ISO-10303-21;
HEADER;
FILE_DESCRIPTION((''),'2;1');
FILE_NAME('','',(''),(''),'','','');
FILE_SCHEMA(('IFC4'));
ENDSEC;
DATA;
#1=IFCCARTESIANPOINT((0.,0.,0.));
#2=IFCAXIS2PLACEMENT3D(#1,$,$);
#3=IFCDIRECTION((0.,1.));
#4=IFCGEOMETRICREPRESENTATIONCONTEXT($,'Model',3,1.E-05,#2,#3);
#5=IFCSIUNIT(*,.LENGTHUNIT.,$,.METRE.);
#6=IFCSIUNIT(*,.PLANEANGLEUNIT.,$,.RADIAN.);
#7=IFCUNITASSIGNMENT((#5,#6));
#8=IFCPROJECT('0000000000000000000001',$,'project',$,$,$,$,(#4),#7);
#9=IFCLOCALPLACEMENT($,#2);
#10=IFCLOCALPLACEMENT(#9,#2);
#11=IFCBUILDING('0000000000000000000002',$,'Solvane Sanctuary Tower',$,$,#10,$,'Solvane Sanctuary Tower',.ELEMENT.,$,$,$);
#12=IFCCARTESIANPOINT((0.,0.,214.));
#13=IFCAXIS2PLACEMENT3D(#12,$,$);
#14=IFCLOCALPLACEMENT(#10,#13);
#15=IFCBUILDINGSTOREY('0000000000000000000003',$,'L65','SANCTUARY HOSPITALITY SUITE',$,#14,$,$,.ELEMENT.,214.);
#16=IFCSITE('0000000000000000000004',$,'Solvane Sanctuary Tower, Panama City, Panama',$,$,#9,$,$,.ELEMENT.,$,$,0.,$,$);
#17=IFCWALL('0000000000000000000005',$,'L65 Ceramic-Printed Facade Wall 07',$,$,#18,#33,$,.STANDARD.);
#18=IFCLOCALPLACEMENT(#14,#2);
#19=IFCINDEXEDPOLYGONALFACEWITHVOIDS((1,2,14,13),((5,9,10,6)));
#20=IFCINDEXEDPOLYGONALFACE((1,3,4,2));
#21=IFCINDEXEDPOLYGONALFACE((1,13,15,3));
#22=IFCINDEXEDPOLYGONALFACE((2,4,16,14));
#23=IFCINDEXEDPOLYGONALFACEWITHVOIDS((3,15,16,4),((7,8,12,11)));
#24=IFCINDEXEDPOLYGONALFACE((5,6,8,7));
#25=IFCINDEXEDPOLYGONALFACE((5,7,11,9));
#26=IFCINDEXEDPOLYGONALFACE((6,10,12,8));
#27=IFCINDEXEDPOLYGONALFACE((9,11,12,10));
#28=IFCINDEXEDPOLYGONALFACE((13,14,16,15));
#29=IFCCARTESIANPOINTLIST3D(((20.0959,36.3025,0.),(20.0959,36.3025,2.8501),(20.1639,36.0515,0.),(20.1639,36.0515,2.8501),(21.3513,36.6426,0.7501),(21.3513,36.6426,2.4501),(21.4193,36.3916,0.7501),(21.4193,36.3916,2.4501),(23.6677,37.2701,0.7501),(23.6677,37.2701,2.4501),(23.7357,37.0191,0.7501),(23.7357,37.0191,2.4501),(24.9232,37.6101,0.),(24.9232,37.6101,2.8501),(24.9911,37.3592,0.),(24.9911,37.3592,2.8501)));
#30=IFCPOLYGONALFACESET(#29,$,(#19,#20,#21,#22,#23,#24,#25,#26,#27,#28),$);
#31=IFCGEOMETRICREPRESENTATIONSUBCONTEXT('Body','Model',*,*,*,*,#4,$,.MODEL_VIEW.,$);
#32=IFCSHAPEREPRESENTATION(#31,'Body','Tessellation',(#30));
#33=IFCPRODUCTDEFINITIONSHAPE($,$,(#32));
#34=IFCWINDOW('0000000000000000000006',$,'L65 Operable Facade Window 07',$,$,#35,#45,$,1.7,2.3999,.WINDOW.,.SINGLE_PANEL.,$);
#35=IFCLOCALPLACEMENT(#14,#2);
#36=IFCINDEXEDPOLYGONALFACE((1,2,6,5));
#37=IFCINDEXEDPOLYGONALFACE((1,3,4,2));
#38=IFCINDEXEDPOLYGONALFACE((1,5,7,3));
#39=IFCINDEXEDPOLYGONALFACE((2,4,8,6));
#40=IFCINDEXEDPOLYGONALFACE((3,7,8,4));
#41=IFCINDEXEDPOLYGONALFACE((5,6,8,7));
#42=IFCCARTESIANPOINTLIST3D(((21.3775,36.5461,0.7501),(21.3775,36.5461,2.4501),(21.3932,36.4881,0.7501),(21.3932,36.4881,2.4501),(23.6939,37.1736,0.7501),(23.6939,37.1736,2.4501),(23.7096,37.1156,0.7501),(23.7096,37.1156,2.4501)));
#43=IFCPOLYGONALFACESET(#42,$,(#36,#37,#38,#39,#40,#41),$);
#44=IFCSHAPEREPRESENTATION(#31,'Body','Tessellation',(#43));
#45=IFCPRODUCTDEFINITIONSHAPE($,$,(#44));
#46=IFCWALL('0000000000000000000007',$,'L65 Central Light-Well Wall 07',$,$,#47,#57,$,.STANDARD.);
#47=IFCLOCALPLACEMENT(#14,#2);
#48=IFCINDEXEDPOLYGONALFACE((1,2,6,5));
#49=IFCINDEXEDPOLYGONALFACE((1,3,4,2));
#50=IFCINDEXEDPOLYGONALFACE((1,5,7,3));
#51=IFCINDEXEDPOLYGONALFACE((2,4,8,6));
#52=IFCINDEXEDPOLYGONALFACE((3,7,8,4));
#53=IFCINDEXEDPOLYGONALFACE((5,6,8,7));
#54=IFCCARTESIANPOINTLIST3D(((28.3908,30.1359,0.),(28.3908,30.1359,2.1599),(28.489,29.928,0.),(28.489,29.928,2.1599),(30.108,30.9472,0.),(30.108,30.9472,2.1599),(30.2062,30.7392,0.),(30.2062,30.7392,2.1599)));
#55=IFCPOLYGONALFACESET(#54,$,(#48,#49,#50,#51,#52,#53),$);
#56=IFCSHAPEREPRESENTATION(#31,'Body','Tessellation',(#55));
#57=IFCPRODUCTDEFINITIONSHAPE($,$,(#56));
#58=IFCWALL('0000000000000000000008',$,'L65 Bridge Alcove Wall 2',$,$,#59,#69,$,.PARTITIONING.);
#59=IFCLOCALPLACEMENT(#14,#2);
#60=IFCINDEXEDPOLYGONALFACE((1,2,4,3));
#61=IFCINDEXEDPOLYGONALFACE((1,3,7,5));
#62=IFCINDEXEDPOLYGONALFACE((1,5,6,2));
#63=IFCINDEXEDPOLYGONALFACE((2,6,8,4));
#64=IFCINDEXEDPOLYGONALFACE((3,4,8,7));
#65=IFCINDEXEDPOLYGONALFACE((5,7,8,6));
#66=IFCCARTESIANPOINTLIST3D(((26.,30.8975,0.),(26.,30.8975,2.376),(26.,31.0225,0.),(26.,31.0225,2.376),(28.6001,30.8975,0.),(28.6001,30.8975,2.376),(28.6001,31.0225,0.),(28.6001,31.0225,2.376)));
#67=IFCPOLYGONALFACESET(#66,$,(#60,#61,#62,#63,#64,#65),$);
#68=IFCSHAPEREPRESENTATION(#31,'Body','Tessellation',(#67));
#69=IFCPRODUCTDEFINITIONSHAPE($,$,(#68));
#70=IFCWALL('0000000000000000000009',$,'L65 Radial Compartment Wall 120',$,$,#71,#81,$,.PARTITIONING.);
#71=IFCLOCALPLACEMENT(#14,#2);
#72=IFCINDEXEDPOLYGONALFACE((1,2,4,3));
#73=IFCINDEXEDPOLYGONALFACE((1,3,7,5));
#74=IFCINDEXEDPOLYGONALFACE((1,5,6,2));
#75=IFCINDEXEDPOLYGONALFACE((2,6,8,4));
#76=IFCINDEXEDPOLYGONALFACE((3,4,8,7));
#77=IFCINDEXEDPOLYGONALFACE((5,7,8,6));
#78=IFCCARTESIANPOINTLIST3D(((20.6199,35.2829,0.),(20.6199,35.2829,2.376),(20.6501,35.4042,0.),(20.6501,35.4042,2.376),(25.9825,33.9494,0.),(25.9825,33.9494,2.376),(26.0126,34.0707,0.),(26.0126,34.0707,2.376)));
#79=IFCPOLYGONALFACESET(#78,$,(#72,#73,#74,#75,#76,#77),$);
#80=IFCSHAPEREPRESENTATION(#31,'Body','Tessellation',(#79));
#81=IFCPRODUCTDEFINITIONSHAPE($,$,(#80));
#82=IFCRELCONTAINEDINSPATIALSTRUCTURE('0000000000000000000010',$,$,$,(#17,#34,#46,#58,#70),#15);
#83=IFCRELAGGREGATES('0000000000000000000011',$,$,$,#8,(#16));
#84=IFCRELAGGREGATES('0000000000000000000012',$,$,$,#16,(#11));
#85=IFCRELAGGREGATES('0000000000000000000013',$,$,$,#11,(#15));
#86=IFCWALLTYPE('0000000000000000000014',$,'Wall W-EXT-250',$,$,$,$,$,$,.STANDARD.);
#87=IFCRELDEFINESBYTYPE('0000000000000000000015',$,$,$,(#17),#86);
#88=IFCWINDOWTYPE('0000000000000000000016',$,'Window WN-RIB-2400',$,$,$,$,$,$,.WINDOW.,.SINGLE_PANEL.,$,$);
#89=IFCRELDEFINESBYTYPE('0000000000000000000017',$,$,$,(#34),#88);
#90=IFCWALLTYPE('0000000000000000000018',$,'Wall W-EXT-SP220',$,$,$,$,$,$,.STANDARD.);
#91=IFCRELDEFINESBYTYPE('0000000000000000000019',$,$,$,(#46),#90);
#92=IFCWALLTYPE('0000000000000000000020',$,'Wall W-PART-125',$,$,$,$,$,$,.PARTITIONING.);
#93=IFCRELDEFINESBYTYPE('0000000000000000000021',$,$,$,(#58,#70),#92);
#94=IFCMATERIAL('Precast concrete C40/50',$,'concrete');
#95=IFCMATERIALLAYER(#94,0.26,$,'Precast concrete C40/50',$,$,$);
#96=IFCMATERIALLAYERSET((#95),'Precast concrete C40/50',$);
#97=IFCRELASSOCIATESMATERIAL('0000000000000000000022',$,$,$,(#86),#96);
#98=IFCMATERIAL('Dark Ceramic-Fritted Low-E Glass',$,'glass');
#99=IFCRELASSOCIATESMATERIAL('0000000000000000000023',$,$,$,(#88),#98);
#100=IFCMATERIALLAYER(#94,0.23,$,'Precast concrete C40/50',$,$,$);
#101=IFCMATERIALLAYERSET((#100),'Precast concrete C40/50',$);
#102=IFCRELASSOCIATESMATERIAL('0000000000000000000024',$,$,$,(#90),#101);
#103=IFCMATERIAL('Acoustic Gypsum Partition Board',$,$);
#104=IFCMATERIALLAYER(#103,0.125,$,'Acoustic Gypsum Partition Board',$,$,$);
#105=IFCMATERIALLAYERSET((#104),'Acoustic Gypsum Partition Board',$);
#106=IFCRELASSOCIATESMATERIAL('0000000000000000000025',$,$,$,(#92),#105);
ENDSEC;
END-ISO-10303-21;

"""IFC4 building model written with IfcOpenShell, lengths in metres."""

from ifc_helpers import new_model, si_unit, direction, frame, frame_2d, origin, place, context, subcontext, project, spatial, rectangle, extrude, material, layer, layer_set, type_object, element, fill, save


model = new_model("IFC4")

# Units and contexts
model_context = context("Model", 3, precision=1e-05, world=origin(), true_north=direction((0.0, 1.0)))
body_context = subcontext(model_context, "Body", "Model", "MODEL_VIEW")
ifc_project = project(units=[si_unit("LENGTHUNIT", "METRE"), si_unit("PLANEANGLEUNIT", "RADIAN")], contexts=[model_context])

# Site, building, storey
site_placement = place(None, origin())
site = spatial("IfcSite", under=ifc_project, at=site_placement, Name="Solvane Sanctuary Tower, Panama City, Panama", CompositionType="ELEMENT", RefElevation=0.0)
building_placement = place(site_placement, origin())
building = spatial("IfcBuilding", under=site, at=building_placement, Name="Solvane Sanctuary Tower", LongName="Solvane Sanctuary Tower", CompositionType="ELEMENT")
storey_placement = place(building_placement, frame((0.0, 0.0, 214.0)))
storey = spatial("IfcBuildingStorey", under=building, at=storey_placement, Name="L65", Description="SANCTUARY HOSPITALITY SUITE", CompositionType="ELEMENT", Elevation=214.0)

# Shared definitions
ifc_material_1 = material(Name="Acoustic Gypsum Partition Board")

# Wall, opening, window
ifc_material_2 = material(Name="Precast concrete C40/50", Category="concrete")
ifc_layer_1 = layer(ifc_material_2, 0.26, Name="Precast concrete C40/50")
ifc_layer_set_1 = layer_set([ifc_layer_1], Name="Precast concrete C40/50")
wall_type_1 = type_object("IfcWallType", Name="Wall W-EXT-250", PredefinedType="STANDARD", material=ifc_layer_set_1)
wall_1_placement = place(storey_placement, frame((24.957, 37.4846, 0.0), z_axis=(0.0, 0.0, 1.0), x_axis=(-0.965213, -0.261465, 0.0)))
wall_1 = element("IfcWall", 1, at=wall_1_placement, inside=storey, type_object=wall_type_1, Name="L65 Ceramic-Printed Facade Wall 07", PredefinedType="STANDARD", context=body_context, shape_type="SweptSolid", body=[
    extrude(rectangle(XDim=5.0012, YDim=0.26, at=frame_2d((2.5005, 0.0))), origin(), (0.0, 0.0, 1.0), 2.8501),
])
opening_1_placement = place(wall_1_placement, frame((1.3005, 0.0, 0.75)))
opening_1 = element("IfcOpeningElement", 2, at=opening_1_placement, cuts=wall_1, PredefinedType="OPENING", context=body_context, shape_type="SweptSolid", body=[
    extrude(rectangle(XDim=2.3999, YDim=1.7, at=frame_2d((1.2, 0.8501))), frame((0.0, 0.1399, 0.0), z_axis=(0.0, -1.0, 0.0), x_axis=(1.0, 0.0, 0.0)), (0.0, 0.0, 1.0), 0.28),
])
ifc_material_3 = material(Name="Dark Ceramic-Fritted Low-E Glass", Category="glass")
window_type = type_object("IfcWindowType", Name="Window WN-RIB-2400", PartitioningType="SINGLE_PANEL", PredefinedType="WINDOW", material=ifc_material_3)
window_placement = place(opening_1_placement, origin())
window = element("IfcWindow", 3, at=window_placement, inside=storey, type_object=window_type, Name="L65 Operable Facade Window 07", OverallHeight=1.7, OverallWidth=2.3999, PartitioningType="SINGLE_PANEL", PredefinedType="WINDOW", context=body_context, shape_type="SweptSolid", body=[
    extrude(rectangle(XDim=2.3999, YDim=1.7, at=frame_2d((1.2, 0.8501))), frame((0.0, 0.03, 0.0), z_axis=(0.0, -1.0, 0.0), x_axis=(1.0, 0.0, 0.0)), (0.0, 0.0, 1.0), 0.0601),
])
fill(opening_1, window)

# Walls
ifc_layer_2 = layer(ifc_material_2, 0.23, Name="Precast concrete C40/50")
ifc_layer_set_2 = layer_set([ifc_layer_2], Name="Precast concrete C40/50")
wall_type_2 = type_object("IfcWallType", Name="Wall W-EXT-SP220", PredefinedType="STANDARD", material=ifc_layer_set_2)
wall_2_placement = place(storey_placement, frame((30.1572, 30.8433, 0.0), z_axis=(0.0, 0.0, 1.0), x_axis=(-0.90418, -0.427152, 0.0)))
element("IfcWall", 4, at=wall_2_placement, inside=storey, type_object=wall_type_2, Name="L65 Central Light-Well Wall 07", PredefinedType="STANDARD", context=body_context, shape_type="SweptSolid", body=[
    extrude(rectangle(XDim=1.8992, YDim=0.23, at=frame_2d((0.9497, 0.0))), origin(), (0.0, 0.0, 1.0), 2.1599),
])
ifc_layer_3 = layer(ifc_material_1, 0.125, Name="Acoustic Gypsum Partition Board")
ifc_layer_set_3 = layer_set([ifc_layer_3], Name="Acoustic Gypsum Partition Board")
wall_type_3 = type_object("IfcWallType", Name="Wall W-PART-125", PredefinedType="PARTITIONING", material=ifc_layer_set_3)
wall_3_placement = place(storey_placement, frame((26.0, 30.96, 0.0), z_axis=(0.0, 0.0, 1.0), x_axis=(1.0, 0.0, 0.0)))
element("IfcWall", 5, at=wall_3_placement, inside=storey, type_object=wall_type_3, Name="L65 Bridge Alcove Wall 2", PredefinedType="PARTITIONING", context=body_context, shape_type="SweptSolid", body=[
    extrude(rectangle(XDim=2.6001, YDim=0.125, at=frame_2d((1.3, 0.0))), origin(), (0.0, 0.0, 1.0), 2.376),
])
wall_4_placement = place(storey_placement, frame((25.9976, 34.01, 0.0), z_axis=(0.0, 0.0, 1.0), x_axis=(-0.970446, 0.241319, 0.0)))
element("IfcWall", 6, at=wall_4_placement, inside=storey, type_object=wall_type_3, Name="L65 Radial Compartment Wall 120", PredefinedType="PARTITIONING", context=body_context, shape_type="SweptSolid", body=[
    extrude(rectangle(XDim=5.5259, YDim=0.125, at=frame_2d((2.7629, 0.0))), origin(), (0.0, 0.0, 1.0), 2.376),
])

save(model, "model.ifc")
